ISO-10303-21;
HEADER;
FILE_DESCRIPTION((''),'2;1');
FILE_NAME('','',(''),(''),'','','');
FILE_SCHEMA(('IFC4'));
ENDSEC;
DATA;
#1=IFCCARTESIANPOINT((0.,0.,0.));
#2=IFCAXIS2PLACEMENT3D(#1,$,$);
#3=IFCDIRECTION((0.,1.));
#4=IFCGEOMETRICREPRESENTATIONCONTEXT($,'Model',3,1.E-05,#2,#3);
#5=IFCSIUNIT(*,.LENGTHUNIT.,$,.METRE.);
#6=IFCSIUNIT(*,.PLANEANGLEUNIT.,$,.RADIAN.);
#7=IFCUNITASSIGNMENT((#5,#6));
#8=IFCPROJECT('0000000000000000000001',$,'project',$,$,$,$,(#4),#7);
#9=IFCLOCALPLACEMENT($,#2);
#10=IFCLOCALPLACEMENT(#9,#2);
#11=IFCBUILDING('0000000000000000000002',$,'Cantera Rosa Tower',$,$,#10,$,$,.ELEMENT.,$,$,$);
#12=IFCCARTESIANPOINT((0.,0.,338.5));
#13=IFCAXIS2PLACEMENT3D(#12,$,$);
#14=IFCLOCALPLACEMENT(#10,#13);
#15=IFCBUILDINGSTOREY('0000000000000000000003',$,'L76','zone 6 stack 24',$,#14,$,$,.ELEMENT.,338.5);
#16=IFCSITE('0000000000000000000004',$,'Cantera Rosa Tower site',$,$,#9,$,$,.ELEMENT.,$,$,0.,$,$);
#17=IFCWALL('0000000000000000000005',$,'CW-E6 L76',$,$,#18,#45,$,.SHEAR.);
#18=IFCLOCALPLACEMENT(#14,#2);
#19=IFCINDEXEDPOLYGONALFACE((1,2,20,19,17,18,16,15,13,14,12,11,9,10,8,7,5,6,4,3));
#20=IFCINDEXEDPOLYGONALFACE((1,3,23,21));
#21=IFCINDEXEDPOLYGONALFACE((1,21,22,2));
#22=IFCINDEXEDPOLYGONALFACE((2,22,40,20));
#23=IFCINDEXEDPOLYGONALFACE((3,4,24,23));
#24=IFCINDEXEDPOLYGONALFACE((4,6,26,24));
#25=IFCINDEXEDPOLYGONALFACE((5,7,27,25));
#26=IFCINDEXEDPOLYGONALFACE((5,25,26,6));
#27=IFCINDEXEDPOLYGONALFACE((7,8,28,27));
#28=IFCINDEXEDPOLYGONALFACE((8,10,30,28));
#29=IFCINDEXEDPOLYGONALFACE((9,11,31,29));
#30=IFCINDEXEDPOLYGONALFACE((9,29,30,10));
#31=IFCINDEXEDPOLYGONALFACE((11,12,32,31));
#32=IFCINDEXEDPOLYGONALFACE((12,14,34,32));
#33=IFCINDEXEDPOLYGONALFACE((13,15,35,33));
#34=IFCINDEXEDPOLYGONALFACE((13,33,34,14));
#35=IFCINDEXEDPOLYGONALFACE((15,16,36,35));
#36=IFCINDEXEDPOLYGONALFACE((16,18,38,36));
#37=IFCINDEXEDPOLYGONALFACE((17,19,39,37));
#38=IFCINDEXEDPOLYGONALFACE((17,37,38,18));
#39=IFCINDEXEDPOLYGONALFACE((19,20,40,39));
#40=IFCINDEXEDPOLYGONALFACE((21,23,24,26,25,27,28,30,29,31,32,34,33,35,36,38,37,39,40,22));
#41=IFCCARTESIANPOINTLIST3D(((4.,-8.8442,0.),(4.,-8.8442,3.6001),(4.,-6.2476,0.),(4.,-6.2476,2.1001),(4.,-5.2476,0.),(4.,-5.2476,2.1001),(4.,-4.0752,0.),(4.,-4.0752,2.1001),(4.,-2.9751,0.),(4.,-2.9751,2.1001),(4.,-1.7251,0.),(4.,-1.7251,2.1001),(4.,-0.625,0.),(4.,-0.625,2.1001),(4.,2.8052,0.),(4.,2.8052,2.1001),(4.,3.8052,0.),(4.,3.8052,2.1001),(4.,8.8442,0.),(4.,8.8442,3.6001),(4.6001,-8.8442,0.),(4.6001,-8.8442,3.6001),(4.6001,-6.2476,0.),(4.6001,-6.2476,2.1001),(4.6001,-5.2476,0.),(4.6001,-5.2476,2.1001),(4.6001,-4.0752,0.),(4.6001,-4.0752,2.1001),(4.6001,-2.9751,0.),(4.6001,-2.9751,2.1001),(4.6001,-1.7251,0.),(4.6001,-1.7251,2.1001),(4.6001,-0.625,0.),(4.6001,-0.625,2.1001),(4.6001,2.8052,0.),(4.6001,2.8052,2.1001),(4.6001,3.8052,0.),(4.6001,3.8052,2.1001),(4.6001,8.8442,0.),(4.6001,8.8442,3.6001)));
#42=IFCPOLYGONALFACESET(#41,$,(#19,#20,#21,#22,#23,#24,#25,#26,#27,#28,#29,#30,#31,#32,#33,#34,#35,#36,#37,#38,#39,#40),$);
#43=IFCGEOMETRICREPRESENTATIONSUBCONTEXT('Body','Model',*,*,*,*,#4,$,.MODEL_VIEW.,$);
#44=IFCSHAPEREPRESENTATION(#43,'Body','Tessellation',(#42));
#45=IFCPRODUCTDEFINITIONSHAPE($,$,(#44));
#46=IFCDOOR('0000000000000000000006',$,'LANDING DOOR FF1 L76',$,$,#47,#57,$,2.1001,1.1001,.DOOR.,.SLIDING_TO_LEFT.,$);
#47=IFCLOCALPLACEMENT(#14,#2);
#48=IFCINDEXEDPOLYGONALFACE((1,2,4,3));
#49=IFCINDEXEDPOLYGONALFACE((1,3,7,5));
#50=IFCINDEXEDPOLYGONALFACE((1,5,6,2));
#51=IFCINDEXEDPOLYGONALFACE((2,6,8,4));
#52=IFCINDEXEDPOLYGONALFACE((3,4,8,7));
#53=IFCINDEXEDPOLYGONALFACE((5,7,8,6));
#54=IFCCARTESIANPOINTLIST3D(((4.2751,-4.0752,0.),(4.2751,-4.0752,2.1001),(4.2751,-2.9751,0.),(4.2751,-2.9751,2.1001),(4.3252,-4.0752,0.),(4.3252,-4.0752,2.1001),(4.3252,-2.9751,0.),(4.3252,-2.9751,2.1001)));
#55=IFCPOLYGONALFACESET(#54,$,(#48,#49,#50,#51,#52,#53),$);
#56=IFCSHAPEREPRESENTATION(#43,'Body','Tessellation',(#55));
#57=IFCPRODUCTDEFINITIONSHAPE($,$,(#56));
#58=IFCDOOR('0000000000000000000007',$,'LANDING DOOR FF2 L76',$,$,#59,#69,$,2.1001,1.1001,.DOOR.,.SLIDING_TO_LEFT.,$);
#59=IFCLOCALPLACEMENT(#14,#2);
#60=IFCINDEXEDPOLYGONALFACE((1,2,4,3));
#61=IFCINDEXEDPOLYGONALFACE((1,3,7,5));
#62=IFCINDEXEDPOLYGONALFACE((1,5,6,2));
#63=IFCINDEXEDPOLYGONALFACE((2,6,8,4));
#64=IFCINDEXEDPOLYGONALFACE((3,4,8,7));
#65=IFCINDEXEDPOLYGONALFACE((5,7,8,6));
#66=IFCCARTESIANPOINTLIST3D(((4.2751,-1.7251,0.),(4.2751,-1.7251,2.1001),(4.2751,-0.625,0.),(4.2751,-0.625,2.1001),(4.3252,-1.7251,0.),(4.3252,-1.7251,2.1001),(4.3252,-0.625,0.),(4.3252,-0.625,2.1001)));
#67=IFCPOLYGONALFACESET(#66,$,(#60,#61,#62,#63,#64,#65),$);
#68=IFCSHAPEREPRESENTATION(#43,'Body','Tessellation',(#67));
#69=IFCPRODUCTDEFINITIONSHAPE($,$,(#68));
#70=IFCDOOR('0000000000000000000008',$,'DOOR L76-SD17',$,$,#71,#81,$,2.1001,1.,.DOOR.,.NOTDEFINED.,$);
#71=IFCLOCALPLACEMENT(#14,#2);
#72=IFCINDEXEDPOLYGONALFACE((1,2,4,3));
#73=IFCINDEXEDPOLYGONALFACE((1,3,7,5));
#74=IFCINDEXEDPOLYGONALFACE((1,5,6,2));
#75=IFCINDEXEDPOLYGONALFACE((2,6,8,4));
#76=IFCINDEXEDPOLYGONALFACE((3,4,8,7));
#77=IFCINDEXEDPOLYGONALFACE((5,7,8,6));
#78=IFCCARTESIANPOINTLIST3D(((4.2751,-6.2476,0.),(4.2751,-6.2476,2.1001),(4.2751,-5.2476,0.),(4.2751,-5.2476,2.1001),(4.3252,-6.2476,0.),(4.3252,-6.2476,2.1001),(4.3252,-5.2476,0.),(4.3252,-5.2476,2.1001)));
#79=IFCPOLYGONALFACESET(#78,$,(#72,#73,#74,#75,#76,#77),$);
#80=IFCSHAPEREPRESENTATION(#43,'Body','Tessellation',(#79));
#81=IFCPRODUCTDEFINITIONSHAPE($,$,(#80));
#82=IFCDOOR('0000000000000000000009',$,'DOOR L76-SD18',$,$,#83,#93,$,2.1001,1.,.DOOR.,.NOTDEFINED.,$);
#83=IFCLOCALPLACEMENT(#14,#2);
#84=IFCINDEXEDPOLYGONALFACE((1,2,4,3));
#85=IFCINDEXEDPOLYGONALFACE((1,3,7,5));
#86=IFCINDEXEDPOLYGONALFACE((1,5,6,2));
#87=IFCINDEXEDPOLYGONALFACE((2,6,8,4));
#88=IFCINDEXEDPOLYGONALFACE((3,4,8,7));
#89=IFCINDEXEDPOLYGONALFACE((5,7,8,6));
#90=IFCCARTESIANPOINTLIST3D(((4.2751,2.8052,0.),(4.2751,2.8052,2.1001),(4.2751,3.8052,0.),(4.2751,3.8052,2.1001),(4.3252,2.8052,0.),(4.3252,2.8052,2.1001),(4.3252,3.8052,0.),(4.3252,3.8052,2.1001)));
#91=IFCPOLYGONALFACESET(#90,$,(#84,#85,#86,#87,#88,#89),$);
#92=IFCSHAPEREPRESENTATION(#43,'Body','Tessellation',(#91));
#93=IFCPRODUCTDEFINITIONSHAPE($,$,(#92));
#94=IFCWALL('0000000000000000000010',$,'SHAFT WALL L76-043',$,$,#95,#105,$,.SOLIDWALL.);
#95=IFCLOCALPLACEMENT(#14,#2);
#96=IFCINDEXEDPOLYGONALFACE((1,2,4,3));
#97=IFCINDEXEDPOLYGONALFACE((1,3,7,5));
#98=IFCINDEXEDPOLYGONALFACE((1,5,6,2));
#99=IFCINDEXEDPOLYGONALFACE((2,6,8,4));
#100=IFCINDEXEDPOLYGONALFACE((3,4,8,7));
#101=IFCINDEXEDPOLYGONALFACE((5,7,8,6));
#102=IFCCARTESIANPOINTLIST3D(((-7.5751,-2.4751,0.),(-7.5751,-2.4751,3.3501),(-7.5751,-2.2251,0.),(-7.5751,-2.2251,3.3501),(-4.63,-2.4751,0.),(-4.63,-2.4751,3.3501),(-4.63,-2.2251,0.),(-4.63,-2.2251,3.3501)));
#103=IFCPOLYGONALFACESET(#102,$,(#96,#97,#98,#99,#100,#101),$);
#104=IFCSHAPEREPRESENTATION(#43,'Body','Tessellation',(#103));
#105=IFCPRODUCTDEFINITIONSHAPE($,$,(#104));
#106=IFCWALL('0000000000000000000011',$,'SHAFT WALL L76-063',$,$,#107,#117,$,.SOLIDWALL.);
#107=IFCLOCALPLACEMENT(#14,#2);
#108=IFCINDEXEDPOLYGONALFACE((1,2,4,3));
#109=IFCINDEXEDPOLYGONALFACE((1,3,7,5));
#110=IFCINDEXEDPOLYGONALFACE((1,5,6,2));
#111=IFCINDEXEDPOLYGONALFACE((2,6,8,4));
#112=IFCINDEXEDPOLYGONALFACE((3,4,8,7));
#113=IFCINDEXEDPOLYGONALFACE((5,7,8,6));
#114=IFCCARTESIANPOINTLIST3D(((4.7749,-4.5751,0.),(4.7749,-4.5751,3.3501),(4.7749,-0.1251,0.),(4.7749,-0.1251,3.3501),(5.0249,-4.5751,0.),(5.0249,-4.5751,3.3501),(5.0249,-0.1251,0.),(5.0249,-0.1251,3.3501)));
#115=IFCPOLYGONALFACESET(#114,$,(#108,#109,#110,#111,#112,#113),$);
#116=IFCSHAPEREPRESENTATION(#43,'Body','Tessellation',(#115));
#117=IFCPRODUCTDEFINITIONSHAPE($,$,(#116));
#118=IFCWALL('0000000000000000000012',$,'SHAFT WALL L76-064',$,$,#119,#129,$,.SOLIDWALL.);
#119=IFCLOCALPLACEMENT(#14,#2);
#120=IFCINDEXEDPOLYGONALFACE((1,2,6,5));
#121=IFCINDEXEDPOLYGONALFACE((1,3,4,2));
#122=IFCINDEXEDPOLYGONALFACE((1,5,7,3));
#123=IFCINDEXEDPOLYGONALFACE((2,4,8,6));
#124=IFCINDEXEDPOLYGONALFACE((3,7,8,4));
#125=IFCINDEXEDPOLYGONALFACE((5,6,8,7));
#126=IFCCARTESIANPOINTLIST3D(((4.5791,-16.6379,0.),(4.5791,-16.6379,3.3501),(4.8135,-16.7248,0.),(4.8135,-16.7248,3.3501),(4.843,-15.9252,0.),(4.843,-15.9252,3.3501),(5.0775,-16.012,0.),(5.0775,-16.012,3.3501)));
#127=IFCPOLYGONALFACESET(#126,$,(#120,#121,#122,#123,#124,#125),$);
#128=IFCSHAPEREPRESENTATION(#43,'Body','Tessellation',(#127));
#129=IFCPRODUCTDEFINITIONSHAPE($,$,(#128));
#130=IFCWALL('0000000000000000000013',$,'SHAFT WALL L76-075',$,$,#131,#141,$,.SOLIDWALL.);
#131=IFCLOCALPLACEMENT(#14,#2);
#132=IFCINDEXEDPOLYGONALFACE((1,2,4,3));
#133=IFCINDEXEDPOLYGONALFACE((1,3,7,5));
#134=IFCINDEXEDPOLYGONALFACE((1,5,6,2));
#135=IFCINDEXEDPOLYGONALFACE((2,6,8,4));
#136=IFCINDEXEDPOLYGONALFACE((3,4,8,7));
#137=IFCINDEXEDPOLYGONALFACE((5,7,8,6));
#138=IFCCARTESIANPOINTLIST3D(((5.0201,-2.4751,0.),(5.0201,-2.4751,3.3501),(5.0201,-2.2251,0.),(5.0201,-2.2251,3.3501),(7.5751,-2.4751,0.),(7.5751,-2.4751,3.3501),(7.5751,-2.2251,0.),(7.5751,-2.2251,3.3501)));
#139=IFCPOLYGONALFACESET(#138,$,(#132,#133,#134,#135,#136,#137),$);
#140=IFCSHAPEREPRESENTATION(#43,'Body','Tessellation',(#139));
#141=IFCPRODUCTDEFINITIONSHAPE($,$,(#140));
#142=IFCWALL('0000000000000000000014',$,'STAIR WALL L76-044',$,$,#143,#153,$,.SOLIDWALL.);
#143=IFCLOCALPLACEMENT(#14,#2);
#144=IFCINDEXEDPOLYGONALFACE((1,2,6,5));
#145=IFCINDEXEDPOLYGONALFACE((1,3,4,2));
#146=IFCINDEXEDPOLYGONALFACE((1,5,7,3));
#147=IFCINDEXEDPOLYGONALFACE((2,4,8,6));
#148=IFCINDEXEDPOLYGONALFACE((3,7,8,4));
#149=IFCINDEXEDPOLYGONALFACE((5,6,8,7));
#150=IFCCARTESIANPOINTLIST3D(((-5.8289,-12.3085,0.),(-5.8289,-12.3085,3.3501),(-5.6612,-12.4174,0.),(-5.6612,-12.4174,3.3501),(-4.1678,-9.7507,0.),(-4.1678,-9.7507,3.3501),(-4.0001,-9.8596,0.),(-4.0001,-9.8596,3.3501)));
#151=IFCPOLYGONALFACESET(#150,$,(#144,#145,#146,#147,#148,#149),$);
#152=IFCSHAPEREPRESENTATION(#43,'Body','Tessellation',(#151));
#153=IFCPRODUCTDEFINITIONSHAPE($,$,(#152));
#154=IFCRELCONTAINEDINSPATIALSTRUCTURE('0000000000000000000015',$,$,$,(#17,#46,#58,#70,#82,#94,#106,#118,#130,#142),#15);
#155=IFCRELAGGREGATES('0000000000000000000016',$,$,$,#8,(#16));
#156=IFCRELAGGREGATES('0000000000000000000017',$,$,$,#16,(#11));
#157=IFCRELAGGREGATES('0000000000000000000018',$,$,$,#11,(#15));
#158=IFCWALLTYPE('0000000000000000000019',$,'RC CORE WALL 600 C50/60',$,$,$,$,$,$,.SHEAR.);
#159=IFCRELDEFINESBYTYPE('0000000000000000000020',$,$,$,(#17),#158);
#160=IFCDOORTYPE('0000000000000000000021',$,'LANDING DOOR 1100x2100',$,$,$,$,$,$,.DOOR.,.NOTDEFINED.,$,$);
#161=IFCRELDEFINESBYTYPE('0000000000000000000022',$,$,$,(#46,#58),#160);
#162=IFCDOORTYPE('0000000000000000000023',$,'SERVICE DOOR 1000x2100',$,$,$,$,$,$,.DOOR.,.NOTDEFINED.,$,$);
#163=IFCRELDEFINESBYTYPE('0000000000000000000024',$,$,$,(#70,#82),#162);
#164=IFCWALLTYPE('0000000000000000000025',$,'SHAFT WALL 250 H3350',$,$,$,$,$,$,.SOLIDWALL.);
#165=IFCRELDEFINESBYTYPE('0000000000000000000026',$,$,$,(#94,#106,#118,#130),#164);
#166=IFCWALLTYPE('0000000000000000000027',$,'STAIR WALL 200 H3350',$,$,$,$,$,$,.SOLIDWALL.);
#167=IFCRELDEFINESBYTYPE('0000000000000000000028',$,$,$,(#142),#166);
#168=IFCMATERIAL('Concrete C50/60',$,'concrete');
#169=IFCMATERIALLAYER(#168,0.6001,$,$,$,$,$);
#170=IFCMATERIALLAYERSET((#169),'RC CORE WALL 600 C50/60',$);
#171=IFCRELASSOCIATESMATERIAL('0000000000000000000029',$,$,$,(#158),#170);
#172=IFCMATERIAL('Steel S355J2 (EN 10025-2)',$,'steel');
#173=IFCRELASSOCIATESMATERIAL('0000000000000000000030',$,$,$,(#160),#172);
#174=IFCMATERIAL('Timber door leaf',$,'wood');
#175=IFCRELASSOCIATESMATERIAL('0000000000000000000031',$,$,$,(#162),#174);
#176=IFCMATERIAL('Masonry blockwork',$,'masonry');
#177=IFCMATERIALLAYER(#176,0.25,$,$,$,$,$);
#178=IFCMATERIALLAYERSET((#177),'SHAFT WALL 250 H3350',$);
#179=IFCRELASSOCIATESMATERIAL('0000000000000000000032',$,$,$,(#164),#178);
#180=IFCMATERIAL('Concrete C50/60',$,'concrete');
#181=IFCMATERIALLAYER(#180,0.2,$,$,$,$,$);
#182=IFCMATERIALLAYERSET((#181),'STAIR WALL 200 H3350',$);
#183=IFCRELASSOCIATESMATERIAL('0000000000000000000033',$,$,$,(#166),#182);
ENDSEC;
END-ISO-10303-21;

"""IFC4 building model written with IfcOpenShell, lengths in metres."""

from ifc_helpers import new_model, si_unit, direction, frame, frame_2d, origin, place, context, subcontext, project, spatial, rectangle, extrude, material, layer, layer_set, type_object, element, fill, save


model = new_model("IFC4")

# Units and contexts
model_context = context("Model", 3, precision=1e-05, world=origin(), true_north=direction((0.0, 1.0)))
body_context = subcontext(model_context, "Body", "Model", "MODEL_VIEW")
ifc_project = project(units=[si_unit("LENGTHUNIT", "METRE"), si_unit("PLANEANGLEUNIT", "RADIAN")], contexts=[model_context])

# Site, building, storey
site_placement = place(None, origin())
site = spatial("IfcSite", under=ifc_project, at=site_placement, Name="Cantera Rosa Tower site", CompositionType="ELEMENT", RefElevation=0.0)
building_placement = place(site_placement, origin())
building = spatial("IfcBuilding", under=site, at=building_placement, Name="Cantera Rosa Tower", CompositionType="ELEMENT")
storey_placement = place(building_placement, frame((0.0, 0.0, 338.5)))
storey = spatial("IfcBuildingStorey", under=building, at=storey_placement, Name="L76", Description="zone 6 stack 24", CompositionType="ELEMENT", Elevation=338.5)

# Shared definitions
ifc_material_1 = material(Name="Concrete C50/60", Category="concrete")
ifc_layer_1 = layer(ifc_material_1, 0.6001)
ifc_layer_set_1 = layer_set([ifc_layer_1], Name="RC CORE WALL 600 C50/60")
wall_type_1 = type_object("IfcWallType", Name="RC CORE WALL 600 C50/60", PredefinedType="SHEAR", material=ifc_layer_set_1)

# Wall, openings, doors
wall_1_placement = place(storey_placement, frame((4.3, -8.8442, 0.0), z_axis=(0.0, 0.0, 1.0), x_axis=(0.0, 1.0, 0.0)))
wall_1 = element("IfcWall", 1, at=wall_1_placement, inside=storey, type_object=wall_type_1, Name="CW-E6 L76", PredefinedType="SHEAR", context=body_context, shape_type="SweptSolid", body=[
    extrude(rectangle(XDim=17.6885, YDim=0.6001, at=frame_2d((8.8442, 0.0))), origin(), (0.0, 0.0, 1.0), 3.6001),
])
opening_1_placement = place(wall_1_placement, frame((4.769, 0.0, 0.0)))
opening_1 = element("IfcOpeningElement", 2, at=opening_1_placement, cuts=wall_1, PredefinedType="OPENING", context=body_context, shape_type="SweptSolid", body=[
    extrude(rectangle(XDim=1.1001, YDim=2.1001, at=frame_2d((0.55, 1.05))), frame((0.0, 0.3101, 0.0), z_axis=(0.0, -1.0, 0.0), x_axis=(1.0, 0.0, 0.0)), (0.0, 0.0, 1.0), 0.6201),
])
opening_2_placement = place(wall_1_placement, frame((7.1191, 0.0, 0.0)))
opening_2 = element("IfcOpeningElement", 3, at=opening_2_placement, cuts=wall_1, PredefinedType="OPENING", context=body_context, shape_type="SweptSolid", body=[
    extrude(rectangle(XDim=1.1001, YDim=2.1001, at=frame_2d((0.55, 1.05))), frame((0.0, 0.3101, 0.0), z_axis=(0.0, -1.0, 0.0), x_axis=(1.0, 0.0, 0.0)), (0.0, 0.0, 1.0), 0.6201),
])
opening_3_placement = place(wall_1_placement, frame((2.5967, 0.0, 0.0)))
opening_3 = element("IfcOpeningElement", 4, at=opening_3_placement, cuts=wall_1, PredefinedType="OPENING", context=body_context, shape_type="SweptSolid", body=[
    extrude(rectangle(XDim=1.0, YDim=2.1001, at=frame_2d((0.5, 1.05))), frame((0.0, 0.3101, 0.0), z_axis=(0.0, -1.0, 0.0), x_axis=(1.0, 0.0, 0.0)), (0.0, 0.0, 1.0), 0.6201),
])
opening_4_placement = place(wall_1_placement, frame((11.6494, 0.0, 0.0)))
opening_4 = element("IfcOpeningElement", 5, at=opening_4_placement, cuts=wall_1, PredefinedType="OPENING", context=body_context, shape_type="SweptSolid", body=[
    extrude(rectangle(XDim=1.0, YDim=2.1001, at=frame_2d((0.5, 1.05))), frame((0.0, 0.3101, 0.0), z_axis=(0.0, -1.0, 0.0), x_axis=(1.0, 0.0, 0.0)), (0.0, 0.0, 1.0), 0.6201),
])
ifc_material_2 = material(Name="Steel S355J2 (EN 10025-2)", Category="steel")
door_type_1 = type_object("IfcDoorType", Name="LANDING DOOR 1100x2100", OperationType="NOTDEFINED", PredefinedType="DOOR", material=ifc_material_2)
door_1_placement = place(opening_1_placement, origin())
door_1 = element("IfcDoor", 6, at=door_1_placement, inside=storey, type_object=door_type_1, Name="LANDING DOOR FF1 L76", OperationType="SLIDING_TO_LEFT", OverallHeight=2.1001, OverallWidth=1.1001, PredefinedType="DOOR", context=body_context, shape_type="SweptSolid", body=[
    extrude(rectangle(XDim=1.1001, YDim=2.1001, at=frame_2d((0.55, 1.05))), frame((0.0, 0.0249, 0.0), z_axis=(0.0, -1.0, 0.0), x_axis=(1.0, 0.0, 0.0)), (0.0, 0.0, 1.0), 0.05),
])
fill(opening_1, door_1)
door_2_placement = place(opening_2_placement, origin())
door_2 = element("IfcDoor", 7, at=door_2_placement, inside=storey, type_object=door_type_1, Name="LANDING DOOR FF2 L76", OperationType="SLIDING_TO_LEFT", OverallHeight=2.1001, OverallWidth=1.1001, PredefinedType="DOOR", context=body_context, shape_type="SweptSolid", body=[
    extrude(rectangle(XDim=1.1001, YDim=2.1001, at=frame_2d((0.55, 1.05))), frame((0.0, 0.0249, 0.0), z_axis=(0.0, -1.0, 0.0), x_axis=(1.0, 0.0, 0.0)), (0.0, 0.0, 1.0), 0.05),
])
fill(opening_2, door_2)
ifc_material_3 = material(Name="Timber door leaf", Category="wood")
door_type_2 = type_object("IfcDoorType", Name="SERVICE DOOR 1000x2100", OperationType="NOTDEFINED", PredefinedType="DOOR", material=ifc_material_3)
door_3_placement = place(opening_3_placement, origin())
door_3 = element("IfcDoor", 8, at=door_3_placement, inside=storey, type_object=door_type_2, Name="DOOR L76-SD17", OperationType="NOTDEFINED", OverallHeight=2.1001, OverallWidth=1.0, PredefinedType="DOOR", context=body_context, shape_type="SweptSolid", body=[
    extrude(rectangle(XDim=1.0, YDim=2.1001, at=frame_2d((0.5, 1.05))), frame((0.0, 0.0249, 0.0), z_axis=(0.0, -1.0, 0.0), x_axis=(1.0, 0.0, 0.0)), (0.0, 0.0, 1.0), 0.05),
])
fill(opening_3, door_3)
door_4_placement = place(opening_4_placement, origin())
door_4 = element("IfcDoor", 9, at=door_4_placement, inside=storey, type_object=door_type_2, Name="DOOR L76-SD18", OperationType="NOTDEFINED", OverallHeight=2.1001, OverallWidth=1.0, PredefinedType="DOOR", context=body_context, shape_type="SweptSolid", body=[
    extrude(rectangle(XDim=1.0, YDim=2.1001, at=frame_2d((0.5, 1.05))), frame((0.0, 0.0249, 0.0), z_axis=(0.0, -1.0, 0.0), x_axis=(1.0, 0.0, 0.0)), (0.0, 0.0, 1.0), 0.05),
])
fill(opening_4, door_4)

# Walls
ifc_material_4 = material(Name="Masonry blockwork", Category="masonry")
ifc_layer_2 = layer(ifc_material_4, 0.25)
ifc_layer_set_2 = layer_set([ifc_layer_2], Name="SHAFT WALL 250 H3350")
wall_type_2 = type_object("IfcWallType", Name="SHAFT WALL 250 H3350", PredefinedType="SOLIDWALL", material=ifc_layer_set_2)
wall_2_placement = place(storey_placement, frame((-4.6299, -2.3501, 0.0), z_axis=(0.0, 0.0, 1.0), x_axis=(-1.0, 0.0, 0.0)))
element("IfcWall", 10, at=wall_2_placement, inside=storey, type_object=wall_type_2, Name="SHAFT WALL L76-043", PredefinedType="SOLIDWALL", context=body_context, shape_type="SweptSolid", body=[
    extrude(rectangle(XDim=2.9451, YDim=0.25, at=frame_2d((1.4727, 0.0))), origin(), (0.0, 0.0, 1.0), 3.3501),
])
wall_3_placement = place(storey_placement, frame((4.8999, -0.125, 0.0), z_axis=(0.0, 0.0, 1.0), x_axis=(0.0, -1.0, 0.0)))
element("IfcWall", 11, at=wall_3_placement, inside=storey, type_object=wall_type_2, Name="SHAFT WALL L76-063", PredefinedType="SOLIDWALL", context=body_context, shape_type="SweptSolid", body=[
    extrude(rectangle(XDim=4.45, YDim=0.25, at=frame_2d((2.2251, 0.0))), origin(), (0.0, 0.0, 1.0), 3.3501),
])
wall_4_placement = place(storey_placement, frame((4.9602, -15.9688, 0.0), z_axis=(0.0, 0.0, 1.0), x_axis=(-0.347283, -0.93776, 0.0)))
element("IfcWall", 12, at=wall_4_placement, inside=storey, type_object=wall_type_2, Name="SHAFT WALL L76-064", PredefinedType="SOLIDWALL", context=body_context, shape_type="SweptSolid", body=[
    extrude(rectangle(XDim=0.76, YDim=0.25, at=frame_2d((0.3799, 0.0))), origin(), (0.0, 0.0, 1.0), 3.3501),
])
wall_5_placement = place(storey_placement, frame((7.575, -2.3501, 0.0), z_axis=(0.0, 0.0, 1.0), x_axis=(-1.0, 0.0, 0.0)))
element("IfcWall", 13, at=wall_5_placement, inside=storey, type_object=wall_type_2, Name="SHAFT WALL L76-075", PredefinedType="SOLIDWALL", context=body_context, shape_type="SweptSolid", body=[
    extrude(rectangle(XDim=2.5549, YDim=0.25, at=frame_2d((1.2773, 0.0))), origin(), (0.0, 0.0, 1.0), 3.3501),
])
ifc_material_5 = material(Name="Concrete C50/60", Category="concrete")
ifc_layer_3 = layer(ifc_material_5, 0.2)
ifc_layer_set_3 = layer_set([ifc_layer_3], Name="STAIR WALL 200 H3350")
wall_type_3 = type_object("IfcWallType", Name="STAIR WALL 200 H3350", PredefinedType="SOLIDWALL", material=ifc_layer_set_3)
wall_6_placement = place(storey_placement, frame((-4.084, -9.8052, 0.0), z_axis=(0.0, 0.0, 1.0), x_axis=(-0.544648, -0.838665, 0.0)))
element("IfcWall", 14, at=wall_6_placement, inside=storey, type_object=wall_type_3, Name="STAIR WALL L76-044", PredefinedType="SOLIDWALL", context=body_context, shape_type="SweptSolid", body=[
    extrude(rectangle(XDim=3.0498, YDim=0.2, at=frame_2d((1.5249, 0.0))), origin(), (0.0, 0.0, 1.0), 3.3501),
])

save(model, "model.ifc")
